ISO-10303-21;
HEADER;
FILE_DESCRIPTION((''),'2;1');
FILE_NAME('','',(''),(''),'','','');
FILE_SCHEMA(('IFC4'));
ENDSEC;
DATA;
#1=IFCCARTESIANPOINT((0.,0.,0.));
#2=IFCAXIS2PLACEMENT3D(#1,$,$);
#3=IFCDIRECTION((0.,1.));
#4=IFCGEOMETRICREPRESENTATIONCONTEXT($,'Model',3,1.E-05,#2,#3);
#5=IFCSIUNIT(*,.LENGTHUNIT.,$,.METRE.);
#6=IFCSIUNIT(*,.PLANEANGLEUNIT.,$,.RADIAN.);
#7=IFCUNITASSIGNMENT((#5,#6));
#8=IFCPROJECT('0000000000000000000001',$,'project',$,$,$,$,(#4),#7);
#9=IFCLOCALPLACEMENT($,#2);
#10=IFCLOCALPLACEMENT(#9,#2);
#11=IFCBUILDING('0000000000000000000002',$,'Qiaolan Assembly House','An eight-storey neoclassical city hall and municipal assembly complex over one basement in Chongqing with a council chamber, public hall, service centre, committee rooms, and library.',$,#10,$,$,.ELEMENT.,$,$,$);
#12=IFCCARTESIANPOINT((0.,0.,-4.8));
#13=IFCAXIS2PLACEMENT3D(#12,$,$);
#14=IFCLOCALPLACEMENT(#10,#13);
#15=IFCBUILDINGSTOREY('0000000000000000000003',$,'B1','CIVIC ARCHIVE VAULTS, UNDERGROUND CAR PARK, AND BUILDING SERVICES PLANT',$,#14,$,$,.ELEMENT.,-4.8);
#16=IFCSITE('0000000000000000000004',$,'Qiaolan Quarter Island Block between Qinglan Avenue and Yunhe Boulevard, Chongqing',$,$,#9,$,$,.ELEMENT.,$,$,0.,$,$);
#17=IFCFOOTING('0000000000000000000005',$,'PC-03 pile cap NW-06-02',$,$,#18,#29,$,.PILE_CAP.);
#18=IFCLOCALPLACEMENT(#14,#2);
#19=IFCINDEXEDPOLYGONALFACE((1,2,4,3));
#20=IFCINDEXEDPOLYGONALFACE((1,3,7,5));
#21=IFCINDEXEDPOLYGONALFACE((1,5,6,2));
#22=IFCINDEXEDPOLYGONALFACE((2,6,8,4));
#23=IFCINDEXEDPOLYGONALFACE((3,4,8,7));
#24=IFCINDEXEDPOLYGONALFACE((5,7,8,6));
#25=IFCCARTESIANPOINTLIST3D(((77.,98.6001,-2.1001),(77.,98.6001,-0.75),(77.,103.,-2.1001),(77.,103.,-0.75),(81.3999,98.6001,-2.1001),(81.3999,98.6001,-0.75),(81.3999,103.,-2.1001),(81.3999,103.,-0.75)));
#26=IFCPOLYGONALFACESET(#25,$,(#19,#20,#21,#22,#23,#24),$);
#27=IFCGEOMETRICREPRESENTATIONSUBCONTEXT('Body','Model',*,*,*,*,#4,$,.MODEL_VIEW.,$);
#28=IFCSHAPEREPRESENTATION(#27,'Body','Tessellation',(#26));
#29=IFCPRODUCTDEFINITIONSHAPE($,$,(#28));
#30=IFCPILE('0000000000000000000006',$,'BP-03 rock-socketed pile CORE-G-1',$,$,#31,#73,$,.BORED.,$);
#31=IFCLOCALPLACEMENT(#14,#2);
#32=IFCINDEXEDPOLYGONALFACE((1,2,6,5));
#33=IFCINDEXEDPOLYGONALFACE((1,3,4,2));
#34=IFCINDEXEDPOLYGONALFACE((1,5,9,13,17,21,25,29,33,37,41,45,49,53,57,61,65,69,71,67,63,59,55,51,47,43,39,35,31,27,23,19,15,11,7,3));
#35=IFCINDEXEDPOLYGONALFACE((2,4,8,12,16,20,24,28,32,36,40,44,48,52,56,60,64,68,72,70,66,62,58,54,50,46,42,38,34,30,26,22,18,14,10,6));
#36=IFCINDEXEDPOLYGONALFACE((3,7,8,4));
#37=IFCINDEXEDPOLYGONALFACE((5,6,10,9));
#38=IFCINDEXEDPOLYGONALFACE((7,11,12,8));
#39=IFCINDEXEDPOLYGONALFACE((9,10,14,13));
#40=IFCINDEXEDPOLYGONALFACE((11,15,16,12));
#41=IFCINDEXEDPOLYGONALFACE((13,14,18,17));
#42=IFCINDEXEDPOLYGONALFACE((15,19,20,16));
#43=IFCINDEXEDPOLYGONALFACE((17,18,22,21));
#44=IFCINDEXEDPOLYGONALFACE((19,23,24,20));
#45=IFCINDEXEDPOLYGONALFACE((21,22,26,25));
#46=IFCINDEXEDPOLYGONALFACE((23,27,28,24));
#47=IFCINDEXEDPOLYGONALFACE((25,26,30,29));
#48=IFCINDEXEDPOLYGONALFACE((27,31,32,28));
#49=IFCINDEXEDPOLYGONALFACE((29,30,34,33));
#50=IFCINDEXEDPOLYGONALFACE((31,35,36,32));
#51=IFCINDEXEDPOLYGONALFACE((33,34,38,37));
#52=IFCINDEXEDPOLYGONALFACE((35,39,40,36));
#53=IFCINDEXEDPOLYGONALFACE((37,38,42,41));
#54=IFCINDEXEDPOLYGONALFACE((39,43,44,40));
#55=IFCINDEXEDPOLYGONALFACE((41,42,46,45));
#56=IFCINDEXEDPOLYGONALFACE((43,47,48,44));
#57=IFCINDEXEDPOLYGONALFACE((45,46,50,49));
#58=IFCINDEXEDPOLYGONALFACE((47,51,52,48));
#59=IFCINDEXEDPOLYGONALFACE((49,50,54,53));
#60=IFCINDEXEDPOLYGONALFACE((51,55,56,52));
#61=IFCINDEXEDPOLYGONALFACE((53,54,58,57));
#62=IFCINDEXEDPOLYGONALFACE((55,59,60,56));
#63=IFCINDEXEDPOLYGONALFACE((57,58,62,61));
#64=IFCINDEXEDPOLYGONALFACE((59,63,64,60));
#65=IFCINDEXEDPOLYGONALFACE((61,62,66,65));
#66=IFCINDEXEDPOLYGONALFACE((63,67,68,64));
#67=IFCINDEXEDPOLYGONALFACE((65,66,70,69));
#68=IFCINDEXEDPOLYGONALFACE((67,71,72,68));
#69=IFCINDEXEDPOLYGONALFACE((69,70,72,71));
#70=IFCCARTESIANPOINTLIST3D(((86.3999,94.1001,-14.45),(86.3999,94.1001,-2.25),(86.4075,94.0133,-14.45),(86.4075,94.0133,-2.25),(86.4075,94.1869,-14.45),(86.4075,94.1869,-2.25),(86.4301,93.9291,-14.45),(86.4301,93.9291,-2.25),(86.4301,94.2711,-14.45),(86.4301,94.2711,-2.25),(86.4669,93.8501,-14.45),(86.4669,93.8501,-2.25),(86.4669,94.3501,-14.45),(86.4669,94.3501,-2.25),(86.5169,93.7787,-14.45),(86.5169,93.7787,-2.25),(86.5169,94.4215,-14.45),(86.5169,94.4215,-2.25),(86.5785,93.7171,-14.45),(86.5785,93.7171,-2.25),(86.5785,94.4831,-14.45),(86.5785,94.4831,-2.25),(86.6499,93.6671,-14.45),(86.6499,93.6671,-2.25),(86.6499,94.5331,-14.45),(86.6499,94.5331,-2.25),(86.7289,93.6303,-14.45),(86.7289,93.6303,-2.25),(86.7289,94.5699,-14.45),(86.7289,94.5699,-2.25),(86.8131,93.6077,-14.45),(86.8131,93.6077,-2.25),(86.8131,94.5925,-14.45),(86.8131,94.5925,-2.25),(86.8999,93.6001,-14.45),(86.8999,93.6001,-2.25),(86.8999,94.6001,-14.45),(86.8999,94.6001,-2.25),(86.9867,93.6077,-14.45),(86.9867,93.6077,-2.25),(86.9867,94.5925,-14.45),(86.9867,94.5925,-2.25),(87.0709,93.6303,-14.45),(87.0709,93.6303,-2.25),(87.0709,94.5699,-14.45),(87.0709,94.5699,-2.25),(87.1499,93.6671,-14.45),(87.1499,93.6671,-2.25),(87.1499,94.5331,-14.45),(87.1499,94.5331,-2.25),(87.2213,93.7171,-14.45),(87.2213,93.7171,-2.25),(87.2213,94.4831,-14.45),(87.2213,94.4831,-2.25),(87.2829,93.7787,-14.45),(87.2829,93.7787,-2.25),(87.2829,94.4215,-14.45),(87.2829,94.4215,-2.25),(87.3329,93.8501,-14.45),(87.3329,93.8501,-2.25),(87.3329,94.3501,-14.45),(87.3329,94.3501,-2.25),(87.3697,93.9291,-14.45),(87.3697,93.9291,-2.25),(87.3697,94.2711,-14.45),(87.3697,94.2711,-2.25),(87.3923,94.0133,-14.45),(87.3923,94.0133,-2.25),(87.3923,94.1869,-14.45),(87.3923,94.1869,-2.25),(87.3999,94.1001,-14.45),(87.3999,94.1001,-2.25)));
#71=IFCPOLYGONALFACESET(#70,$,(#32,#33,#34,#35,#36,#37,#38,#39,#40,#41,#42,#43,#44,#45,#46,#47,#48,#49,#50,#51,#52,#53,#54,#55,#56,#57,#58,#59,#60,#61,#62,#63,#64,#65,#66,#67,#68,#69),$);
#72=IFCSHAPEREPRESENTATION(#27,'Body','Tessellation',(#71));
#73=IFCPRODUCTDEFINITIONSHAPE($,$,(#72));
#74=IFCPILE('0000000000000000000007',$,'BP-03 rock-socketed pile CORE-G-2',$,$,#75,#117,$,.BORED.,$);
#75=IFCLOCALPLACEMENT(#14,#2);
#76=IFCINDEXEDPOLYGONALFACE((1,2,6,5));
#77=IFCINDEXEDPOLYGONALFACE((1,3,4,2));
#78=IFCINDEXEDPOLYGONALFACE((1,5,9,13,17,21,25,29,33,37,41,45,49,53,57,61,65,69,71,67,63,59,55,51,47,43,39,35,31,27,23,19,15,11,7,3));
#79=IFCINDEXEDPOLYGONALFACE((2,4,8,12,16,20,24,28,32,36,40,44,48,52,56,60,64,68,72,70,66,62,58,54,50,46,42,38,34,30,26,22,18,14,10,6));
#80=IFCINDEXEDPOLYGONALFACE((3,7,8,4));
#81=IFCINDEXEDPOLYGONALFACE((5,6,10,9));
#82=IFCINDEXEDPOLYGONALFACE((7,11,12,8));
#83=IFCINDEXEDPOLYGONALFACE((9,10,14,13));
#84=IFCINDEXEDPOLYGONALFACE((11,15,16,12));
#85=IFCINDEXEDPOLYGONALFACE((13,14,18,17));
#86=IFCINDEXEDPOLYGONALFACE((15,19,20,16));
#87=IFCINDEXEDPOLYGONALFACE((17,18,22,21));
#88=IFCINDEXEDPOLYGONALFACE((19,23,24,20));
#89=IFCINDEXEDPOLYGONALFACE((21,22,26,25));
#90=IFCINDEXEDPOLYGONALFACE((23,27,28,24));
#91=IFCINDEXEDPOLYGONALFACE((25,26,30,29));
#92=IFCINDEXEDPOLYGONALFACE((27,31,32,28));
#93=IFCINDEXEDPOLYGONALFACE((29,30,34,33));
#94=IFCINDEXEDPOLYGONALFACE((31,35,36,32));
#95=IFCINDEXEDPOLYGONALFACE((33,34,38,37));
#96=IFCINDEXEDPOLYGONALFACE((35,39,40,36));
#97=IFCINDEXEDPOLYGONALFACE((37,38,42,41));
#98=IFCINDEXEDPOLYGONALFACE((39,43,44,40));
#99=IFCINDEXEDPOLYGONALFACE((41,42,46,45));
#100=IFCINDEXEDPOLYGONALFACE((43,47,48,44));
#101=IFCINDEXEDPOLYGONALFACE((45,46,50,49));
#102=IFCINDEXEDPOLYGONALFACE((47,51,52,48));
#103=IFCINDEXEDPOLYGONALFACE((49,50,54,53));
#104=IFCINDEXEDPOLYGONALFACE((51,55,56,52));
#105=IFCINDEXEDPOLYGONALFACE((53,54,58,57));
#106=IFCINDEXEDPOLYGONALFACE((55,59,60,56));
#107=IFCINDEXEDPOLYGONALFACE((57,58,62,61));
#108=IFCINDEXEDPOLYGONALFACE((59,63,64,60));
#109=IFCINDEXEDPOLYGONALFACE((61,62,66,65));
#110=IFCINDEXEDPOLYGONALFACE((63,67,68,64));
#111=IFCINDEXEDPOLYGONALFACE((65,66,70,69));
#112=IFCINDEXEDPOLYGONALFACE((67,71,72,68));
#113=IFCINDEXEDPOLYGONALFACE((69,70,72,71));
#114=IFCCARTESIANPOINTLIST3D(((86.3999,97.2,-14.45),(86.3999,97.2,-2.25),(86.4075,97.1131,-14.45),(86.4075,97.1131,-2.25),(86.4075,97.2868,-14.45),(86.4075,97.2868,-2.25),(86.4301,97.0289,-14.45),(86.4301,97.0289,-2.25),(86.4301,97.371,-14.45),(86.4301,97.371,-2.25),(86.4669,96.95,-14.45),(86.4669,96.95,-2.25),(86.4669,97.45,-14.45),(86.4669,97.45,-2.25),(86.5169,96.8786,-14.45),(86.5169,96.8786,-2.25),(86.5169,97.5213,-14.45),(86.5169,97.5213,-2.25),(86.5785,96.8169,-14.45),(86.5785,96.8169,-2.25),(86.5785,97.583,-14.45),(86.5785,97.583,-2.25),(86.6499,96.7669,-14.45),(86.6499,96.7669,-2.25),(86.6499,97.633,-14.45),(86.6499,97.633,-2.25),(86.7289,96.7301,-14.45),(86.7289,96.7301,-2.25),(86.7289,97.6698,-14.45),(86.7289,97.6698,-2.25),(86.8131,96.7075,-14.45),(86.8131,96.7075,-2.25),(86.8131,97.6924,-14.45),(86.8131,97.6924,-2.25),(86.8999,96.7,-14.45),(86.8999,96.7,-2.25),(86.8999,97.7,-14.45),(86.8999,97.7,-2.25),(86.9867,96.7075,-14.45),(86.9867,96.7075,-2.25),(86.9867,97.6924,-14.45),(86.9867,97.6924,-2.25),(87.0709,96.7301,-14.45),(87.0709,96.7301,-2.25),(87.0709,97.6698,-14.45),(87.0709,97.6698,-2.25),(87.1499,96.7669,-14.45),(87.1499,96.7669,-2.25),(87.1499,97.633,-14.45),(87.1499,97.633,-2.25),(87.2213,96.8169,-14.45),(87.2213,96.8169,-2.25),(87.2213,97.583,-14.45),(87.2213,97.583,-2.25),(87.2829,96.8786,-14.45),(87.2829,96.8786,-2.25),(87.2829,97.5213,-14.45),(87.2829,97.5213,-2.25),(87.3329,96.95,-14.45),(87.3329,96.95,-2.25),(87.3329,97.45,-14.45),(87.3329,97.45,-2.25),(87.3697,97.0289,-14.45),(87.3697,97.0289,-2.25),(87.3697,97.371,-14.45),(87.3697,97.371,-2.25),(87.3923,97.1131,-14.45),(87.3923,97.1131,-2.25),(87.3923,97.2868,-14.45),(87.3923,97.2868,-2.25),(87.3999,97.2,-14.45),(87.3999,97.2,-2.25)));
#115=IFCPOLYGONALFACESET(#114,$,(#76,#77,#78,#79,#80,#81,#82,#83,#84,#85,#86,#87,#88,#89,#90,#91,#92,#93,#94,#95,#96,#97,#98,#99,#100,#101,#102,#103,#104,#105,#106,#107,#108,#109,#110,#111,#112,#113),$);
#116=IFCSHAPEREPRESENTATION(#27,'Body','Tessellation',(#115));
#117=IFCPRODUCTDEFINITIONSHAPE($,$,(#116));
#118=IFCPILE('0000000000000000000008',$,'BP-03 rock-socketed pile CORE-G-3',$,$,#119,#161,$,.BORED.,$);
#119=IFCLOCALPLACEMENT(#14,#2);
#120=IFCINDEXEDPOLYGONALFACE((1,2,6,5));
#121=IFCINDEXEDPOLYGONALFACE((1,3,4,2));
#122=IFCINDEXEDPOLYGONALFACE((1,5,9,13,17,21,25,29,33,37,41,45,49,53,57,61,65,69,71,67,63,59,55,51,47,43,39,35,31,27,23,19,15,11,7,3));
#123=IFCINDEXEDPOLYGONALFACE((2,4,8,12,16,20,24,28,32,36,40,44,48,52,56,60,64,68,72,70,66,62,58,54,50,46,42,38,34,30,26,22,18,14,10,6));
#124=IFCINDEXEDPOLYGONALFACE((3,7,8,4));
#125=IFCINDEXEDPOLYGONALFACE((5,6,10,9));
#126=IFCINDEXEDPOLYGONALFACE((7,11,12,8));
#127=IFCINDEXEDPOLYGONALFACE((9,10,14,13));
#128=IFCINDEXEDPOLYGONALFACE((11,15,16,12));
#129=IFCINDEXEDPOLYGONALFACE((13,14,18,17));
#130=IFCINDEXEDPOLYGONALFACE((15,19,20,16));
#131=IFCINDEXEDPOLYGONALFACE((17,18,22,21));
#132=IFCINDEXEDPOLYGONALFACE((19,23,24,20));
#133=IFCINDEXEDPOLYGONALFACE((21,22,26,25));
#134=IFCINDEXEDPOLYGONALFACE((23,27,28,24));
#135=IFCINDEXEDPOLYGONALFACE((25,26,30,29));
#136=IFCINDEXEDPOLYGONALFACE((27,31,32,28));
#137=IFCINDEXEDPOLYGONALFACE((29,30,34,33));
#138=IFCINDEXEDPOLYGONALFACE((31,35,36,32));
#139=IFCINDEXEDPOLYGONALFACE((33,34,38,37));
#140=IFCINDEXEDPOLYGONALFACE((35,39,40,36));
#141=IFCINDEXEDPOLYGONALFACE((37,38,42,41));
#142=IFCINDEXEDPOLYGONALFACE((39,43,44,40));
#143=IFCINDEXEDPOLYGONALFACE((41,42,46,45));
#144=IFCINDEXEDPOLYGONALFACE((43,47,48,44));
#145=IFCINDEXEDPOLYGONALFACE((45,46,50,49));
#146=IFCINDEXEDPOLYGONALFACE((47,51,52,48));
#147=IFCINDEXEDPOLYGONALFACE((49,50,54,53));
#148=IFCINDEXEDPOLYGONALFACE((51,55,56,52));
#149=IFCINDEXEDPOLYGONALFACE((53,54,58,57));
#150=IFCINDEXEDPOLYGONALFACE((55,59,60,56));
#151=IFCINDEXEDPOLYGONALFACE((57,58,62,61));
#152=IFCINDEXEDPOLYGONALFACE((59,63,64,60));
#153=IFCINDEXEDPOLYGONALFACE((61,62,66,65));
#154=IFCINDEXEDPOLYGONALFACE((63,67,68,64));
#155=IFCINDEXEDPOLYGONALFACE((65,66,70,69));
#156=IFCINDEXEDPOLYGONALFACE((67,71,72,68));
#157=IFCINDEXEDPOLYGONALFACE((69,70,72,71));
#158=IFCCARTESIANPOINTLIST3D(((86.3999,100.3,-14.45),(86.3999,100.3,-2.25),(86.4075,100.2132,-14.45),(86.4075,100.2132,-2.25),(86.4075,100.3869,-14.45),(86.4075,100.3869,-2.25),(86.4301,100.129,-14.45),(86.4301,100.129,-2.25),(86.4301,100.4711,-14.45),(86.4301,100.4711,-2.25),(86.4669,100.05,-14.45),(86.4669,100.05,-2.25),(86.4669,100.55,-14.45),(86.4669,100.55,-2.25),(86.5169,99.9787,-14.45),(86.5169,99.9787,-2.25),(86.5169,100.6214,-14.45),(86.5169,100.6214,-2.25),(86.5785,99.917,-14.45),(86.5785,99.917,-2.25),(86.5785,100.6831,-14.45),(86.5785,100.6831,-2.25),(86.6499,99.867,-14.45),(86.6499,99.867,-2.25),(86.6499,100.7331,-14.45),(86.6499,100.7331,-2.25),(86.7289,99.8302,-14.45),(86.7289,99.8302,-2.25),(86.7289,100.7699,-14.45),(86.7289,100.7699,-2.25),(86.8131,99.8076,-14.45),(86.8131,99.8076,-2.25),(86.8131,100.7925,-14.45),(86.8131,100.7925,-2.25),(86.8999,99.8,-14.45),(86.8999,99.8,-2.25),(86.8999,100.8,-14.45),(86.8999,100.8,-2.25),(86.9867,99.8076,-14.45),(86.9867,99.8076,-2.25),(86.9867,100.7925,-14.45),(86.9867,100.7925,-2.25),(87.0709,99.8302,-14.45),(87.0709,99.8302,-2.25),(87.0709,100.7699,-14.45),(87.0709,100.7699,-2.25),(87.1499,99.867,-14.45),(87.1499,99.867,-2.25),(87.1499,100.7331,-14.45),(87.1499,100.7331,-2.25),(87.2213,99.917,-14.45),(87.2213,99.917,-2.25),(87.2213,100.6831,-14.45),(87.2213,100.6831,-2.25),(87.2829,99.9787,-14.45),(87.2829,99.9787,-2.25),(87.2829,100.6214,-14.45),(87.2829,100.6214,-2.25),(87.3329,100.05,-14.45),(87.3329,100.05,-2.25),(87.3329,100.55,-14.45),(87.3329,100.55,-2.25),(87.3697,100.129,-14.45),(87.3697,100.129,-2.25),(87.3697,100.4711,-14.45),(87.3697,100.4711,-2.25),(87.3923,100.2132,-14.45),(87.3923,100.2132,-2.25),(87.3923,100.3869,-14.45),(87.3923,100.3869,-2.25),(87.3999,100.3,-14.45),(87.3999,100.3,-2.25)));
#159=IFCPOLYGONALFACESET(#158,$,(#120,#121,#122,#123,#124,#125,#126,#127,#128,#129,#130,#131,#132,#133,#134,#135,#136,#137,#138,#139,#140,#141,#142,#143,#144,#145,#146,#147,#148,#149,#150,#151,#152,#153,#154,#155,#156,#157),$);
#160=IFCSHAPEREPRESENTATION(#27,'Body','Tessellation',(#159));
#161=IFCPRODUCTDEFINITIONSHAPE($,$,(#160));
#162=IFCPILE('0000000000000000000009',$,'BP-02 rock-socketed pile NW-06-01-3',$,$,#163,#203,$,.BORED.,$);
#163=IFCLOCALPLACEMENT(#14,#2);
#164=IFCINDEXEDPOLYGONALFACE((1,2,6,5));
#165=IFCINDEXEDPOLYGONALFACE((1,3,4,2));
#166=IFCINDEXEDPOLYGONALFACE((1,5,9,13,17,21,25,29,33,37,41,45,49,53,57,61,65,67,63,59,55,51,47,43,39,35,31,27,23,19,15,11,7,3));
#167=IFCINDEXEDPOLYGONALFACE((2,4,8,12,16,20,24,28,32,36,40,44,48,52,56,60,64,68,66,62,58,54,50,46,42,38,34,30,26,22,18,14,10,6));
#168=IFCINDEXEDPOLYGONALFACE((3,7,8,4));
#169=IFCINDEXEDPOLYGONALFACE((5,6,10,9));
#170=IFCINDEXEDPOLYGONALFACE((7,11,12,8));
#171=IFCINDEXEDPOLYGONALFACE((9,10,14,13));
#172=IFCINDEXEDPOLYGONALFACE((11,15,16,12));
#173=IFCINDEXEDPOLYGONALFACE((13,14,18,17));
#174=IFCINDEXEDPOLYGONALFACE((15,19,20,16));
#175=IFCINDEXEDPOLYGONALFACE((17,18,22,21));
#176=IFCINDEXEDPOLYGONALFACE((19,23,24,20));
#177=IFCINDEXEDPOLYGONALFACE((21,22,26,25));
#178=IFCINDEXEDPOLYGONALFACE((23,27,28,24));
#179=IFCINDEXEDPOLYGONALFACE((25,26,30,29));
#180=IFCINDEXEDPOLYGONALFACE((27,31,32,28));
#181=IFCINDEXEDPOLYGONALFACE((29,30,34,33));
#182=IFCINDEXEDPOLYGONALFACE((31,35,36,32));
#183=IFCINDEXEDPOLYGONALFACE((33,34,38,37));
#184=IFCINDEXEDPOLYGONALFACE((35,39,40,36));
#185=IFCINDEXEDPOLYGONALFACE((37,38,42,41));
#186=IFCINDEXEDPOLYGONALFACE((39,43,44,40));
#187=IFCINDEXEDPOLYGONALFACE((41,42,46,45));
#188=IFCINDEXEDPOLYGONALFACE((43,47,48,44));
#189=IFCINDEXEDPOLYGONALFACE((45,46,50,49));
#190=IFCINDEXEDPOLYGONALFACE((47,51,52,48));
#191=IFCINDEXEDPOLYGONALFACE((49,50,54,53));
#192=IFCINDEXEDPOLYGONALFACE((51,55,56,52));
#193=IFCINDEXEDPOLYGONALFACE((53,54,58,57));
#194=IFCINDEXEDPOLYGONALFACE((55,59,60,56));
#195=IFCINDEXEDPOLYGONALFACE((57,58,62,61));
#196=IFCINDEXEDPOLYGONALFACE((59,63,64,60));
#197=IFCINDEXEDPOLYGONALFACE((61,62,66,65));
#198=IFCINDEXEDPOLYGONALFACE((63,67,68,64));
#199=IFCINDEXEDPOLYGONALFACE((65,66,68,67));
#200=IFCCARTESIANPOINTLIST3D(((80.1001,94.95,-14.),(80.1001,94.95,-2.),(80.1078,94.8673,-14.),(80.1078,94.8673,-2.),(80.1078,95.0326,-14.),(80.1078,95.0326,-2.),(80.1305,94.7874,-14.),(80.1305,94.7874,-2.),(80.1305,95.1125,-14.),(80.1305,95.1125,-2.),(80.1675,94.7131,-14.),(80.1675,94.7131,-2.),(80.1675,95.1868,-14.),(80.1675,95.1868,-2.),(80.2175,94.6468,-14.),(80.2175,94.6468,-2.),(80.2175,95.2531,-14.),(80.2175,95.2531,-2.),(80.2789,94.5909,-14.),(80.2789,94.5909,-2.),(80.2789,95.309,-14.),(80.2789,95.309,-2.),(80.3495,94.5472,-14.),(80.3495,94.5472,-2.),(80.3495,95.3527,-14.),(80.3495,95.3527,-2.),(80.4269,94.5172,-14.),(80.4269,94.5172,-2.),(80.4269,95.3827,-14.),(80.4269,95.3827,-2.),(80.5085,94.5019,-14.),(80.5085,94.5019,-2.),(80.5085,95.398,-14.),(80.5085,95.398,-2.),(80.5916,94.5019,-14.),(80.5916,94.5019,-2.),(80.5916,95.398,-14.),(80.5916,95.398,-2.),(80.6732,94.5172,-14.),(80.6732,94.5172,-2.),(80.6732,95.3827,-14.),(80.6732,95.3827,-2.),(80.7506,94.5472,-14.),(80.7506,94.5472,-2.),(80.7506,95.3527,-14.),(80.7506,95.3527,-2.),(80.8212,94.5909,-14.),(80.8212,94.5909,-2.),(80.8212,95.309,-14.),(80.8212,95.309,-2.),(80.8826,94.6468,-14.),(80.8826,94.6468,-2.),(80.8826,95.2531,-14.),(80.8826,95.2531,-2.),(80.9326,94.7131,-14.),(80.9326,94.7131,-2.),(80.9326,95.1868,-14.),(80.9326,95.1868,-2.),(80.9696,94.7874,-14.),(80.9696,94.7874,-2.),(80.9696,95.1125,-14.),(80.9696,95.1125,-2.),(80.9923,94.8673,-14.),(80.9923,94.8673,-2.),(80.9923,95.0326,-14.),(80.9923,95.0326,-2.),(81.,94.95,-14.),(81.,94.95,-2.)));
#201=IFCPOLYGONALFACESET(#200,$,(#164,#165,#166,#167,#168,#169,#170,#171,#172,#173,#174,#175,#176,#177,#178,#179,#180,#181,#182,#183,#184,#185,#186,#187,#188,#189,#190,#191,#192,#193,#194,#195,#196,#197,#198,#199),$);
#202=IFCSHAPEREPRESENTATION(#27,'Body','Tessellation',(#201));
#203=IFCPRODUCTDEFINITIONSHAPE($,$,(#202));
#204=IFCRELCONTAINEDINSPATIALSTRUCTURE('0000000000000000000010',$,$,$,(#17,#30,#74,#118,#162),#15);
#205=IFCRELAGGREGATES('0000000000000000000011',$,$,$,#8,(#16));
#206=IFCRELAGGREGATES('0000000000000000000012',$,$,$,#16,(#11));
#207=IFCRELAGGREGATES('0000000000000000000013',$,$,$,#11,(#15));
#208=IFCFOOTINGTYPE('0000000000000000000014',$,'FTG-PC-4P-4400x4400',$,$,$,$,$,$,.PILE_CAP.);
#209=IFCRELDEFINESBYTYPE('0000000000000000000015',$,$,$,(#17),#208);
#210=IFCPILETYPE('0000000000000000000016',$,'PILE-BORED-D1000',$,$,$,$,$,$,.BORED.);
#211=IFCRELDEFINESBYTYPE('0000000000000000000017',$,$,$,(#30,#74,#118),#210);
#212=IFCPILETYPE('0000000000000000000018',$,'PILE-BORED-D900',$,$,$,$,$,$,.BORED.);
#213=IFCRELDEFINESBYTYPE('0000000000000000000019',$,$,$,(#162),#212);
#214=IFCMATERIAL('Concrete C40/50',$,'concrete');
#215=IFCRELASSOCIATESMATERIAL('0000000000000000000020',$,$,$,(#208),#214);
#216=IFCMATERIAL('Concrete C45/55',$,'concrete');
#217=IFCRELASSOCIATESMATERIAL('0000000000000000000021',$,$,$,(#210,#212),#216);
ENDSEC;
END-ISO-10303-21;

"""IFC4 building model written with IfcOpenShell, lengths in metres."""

from ifc_helpers import new_model, si_unit, direction, frame, origin, origin_2d, place, context, subcontext, project, spatial, rectangle, circle, extrude, material, material_profile, profile_set, type_object, element, save


model = new_model("IFC4")

# Units and contexts
model_context = context("Model", 3, precision=1e-05, world=origin(), true_north=direction((0.0, 1.0)))
body_context = subcontext(model_context, "Body", "Model", "MODEL_VIEW")
ifc_project = project(units=[si_unit("LENGTHUNIT", "METRE"), si_unit("PLANEANGLEUNIT", "RADIAN")], contexts=[model_context])

# Site, building, storey
site_placement = place(None, origin())
site = spatial("IfcSite", under=ifc_project, at=site_placement, Name="Qiaolan Quarter Island Block between Qinglan Avenue and Yunhe Boulevard, Chongqing", CompositionType="ELEMENT", RefElevation=0.0)
building_placement = place(site_placement, origin())
building = spatial("IfcBuilding", under=site, at=building_placement, Name="Qiaolan Assembly House", Description="An eight-storey neoclassical city hall and municipal assembly complex over one basement in Chongqing with a council chamber, public hall, service centre, committee rooms, and library.", CompositionType="ELEMENT")
storey_placement = place(building_placement, frame((0.0, 0.0, -4.8)))
storey = spatial("IfcBuildingStorey", under=building, at=storey_placement, Name="B1", Description="CIVIC ARCHIVE VAULTS, UNDERGROUND CAR PARK, AND BUILDING SERVICES PLANT", CompositionType="ELEMENT", Elevation=-4.8)

# Footing
ifc_material_1 = material(Name="Concrete C40/50", Category="concrete")
footing_type = type_object("IfcFootingType", Name="FTG-PC-4P-4400x4400", PredefinedType="PILE_CAP", material=ifc_material_1)
footing_placement = place(storey_placement, frame((79.2, 100.8, -2.1001), z_axis=(0.0, 0.0, 1.0), x_axis=(1.0, 0.0, 0.0)))
element("IfcFooting", 1, at=footing_placement, inside=storey, type_object=footing_type, Name="PC-03 pile cap NW-06-02", PredefinedType="PILE_CAP", context=body_context, shape_type="SweptSolid", body=[
    extrude(rectangle(XDim=4.3999, YDim=4.3999, at=origin_2d()), origin(), (0.0, 0.0, 1.0), 1.3501),
])

# Piles
ifc_material_2 = material(Name="Concrete C45/55", Category="concrete")
ifc_material_profile_1 = material_profile(ifc_material_2, circle(Radius=0.5, at=origin_2d()), Name="PILE D1000")
ifc_profile_set_1 = profile_set([ifc_material_profile_1], Name="Concrete C45/55")
pile_type_1 = type_object("IfcPileType", Name="PILE-BORED-D1000", PredefinedType="BORED", material=ifc_profile_set_1)
for number, where, z_axis, x_axis, name in (
    (2, (86.8999, 94.1001, -2.25), (0.0, 0.0, -1.0), (1.0, 0.0, 0.0), "BP-03 rock-socketed pile CORE-G-1"),
    (3, (86.8999, 97.2, -2.25), (0.0, 0.0, -1.0), (1.0, 0.0, 0.0), "BP-03 rock-socketed pile CORE-G-2"),
    (4, (86.8999, 100.3, -2.25), (0.0, 0.0, -1.0), (1.0, 0.0, 0.0), "BP-03 rock-socketed pile CORE-G-3"),
):
    element("IfcPile", number, at=place(storey_placement, frame(where, z_axis=z_axis, x_axis=x_axis)), inside=storey, type_object=pile_type_1, Name=name, PredefinedType="BORED", context=body_context, shape_type="SweptSolid", body=[
        extrude(circle(Radius=0.5, at=origin_2d()), origin(), (0.0, 0.0, 1.0), 12.2),
    ])
ifc_material_profile_2 = material_profile(ifc_material_2, circle(Radius=0.45, at=origin_2d()), Name="PILE D900")
ifc_profile_set_2 = profile_set([ifc_material_profile_2], Name="Concrete C45/55")
pile_type_2 = type_object("IfcPileType", Name="PILE-BORED-D900", PredefinedType="BORED", material=ifc_profile_set_2)
for number, where, z_axis, x_axis, name in (
    (5, (80.55, 94.95, -2.0), (0.0, 0.0, -1.0), (1.0, 0.0, 0.0), "BP-02 rock-socketed pile NW-06-01-3"),
):
    element("IfcPile", number, at=place(storey_placement, frame(where, z_axis=z_axis, x_axis=x_axis)), inside=storey, type_object=pile_type_2, Name=name, PredefinedType="BORED", context=body_context, shape_type="SweptSolid", body=[
        extrude(circle(Radius=0.45, at=origin_2d()), origin(), (0.0, 0.0, 1.0), 12.0),
    ])

save(model, "model.ifc")
